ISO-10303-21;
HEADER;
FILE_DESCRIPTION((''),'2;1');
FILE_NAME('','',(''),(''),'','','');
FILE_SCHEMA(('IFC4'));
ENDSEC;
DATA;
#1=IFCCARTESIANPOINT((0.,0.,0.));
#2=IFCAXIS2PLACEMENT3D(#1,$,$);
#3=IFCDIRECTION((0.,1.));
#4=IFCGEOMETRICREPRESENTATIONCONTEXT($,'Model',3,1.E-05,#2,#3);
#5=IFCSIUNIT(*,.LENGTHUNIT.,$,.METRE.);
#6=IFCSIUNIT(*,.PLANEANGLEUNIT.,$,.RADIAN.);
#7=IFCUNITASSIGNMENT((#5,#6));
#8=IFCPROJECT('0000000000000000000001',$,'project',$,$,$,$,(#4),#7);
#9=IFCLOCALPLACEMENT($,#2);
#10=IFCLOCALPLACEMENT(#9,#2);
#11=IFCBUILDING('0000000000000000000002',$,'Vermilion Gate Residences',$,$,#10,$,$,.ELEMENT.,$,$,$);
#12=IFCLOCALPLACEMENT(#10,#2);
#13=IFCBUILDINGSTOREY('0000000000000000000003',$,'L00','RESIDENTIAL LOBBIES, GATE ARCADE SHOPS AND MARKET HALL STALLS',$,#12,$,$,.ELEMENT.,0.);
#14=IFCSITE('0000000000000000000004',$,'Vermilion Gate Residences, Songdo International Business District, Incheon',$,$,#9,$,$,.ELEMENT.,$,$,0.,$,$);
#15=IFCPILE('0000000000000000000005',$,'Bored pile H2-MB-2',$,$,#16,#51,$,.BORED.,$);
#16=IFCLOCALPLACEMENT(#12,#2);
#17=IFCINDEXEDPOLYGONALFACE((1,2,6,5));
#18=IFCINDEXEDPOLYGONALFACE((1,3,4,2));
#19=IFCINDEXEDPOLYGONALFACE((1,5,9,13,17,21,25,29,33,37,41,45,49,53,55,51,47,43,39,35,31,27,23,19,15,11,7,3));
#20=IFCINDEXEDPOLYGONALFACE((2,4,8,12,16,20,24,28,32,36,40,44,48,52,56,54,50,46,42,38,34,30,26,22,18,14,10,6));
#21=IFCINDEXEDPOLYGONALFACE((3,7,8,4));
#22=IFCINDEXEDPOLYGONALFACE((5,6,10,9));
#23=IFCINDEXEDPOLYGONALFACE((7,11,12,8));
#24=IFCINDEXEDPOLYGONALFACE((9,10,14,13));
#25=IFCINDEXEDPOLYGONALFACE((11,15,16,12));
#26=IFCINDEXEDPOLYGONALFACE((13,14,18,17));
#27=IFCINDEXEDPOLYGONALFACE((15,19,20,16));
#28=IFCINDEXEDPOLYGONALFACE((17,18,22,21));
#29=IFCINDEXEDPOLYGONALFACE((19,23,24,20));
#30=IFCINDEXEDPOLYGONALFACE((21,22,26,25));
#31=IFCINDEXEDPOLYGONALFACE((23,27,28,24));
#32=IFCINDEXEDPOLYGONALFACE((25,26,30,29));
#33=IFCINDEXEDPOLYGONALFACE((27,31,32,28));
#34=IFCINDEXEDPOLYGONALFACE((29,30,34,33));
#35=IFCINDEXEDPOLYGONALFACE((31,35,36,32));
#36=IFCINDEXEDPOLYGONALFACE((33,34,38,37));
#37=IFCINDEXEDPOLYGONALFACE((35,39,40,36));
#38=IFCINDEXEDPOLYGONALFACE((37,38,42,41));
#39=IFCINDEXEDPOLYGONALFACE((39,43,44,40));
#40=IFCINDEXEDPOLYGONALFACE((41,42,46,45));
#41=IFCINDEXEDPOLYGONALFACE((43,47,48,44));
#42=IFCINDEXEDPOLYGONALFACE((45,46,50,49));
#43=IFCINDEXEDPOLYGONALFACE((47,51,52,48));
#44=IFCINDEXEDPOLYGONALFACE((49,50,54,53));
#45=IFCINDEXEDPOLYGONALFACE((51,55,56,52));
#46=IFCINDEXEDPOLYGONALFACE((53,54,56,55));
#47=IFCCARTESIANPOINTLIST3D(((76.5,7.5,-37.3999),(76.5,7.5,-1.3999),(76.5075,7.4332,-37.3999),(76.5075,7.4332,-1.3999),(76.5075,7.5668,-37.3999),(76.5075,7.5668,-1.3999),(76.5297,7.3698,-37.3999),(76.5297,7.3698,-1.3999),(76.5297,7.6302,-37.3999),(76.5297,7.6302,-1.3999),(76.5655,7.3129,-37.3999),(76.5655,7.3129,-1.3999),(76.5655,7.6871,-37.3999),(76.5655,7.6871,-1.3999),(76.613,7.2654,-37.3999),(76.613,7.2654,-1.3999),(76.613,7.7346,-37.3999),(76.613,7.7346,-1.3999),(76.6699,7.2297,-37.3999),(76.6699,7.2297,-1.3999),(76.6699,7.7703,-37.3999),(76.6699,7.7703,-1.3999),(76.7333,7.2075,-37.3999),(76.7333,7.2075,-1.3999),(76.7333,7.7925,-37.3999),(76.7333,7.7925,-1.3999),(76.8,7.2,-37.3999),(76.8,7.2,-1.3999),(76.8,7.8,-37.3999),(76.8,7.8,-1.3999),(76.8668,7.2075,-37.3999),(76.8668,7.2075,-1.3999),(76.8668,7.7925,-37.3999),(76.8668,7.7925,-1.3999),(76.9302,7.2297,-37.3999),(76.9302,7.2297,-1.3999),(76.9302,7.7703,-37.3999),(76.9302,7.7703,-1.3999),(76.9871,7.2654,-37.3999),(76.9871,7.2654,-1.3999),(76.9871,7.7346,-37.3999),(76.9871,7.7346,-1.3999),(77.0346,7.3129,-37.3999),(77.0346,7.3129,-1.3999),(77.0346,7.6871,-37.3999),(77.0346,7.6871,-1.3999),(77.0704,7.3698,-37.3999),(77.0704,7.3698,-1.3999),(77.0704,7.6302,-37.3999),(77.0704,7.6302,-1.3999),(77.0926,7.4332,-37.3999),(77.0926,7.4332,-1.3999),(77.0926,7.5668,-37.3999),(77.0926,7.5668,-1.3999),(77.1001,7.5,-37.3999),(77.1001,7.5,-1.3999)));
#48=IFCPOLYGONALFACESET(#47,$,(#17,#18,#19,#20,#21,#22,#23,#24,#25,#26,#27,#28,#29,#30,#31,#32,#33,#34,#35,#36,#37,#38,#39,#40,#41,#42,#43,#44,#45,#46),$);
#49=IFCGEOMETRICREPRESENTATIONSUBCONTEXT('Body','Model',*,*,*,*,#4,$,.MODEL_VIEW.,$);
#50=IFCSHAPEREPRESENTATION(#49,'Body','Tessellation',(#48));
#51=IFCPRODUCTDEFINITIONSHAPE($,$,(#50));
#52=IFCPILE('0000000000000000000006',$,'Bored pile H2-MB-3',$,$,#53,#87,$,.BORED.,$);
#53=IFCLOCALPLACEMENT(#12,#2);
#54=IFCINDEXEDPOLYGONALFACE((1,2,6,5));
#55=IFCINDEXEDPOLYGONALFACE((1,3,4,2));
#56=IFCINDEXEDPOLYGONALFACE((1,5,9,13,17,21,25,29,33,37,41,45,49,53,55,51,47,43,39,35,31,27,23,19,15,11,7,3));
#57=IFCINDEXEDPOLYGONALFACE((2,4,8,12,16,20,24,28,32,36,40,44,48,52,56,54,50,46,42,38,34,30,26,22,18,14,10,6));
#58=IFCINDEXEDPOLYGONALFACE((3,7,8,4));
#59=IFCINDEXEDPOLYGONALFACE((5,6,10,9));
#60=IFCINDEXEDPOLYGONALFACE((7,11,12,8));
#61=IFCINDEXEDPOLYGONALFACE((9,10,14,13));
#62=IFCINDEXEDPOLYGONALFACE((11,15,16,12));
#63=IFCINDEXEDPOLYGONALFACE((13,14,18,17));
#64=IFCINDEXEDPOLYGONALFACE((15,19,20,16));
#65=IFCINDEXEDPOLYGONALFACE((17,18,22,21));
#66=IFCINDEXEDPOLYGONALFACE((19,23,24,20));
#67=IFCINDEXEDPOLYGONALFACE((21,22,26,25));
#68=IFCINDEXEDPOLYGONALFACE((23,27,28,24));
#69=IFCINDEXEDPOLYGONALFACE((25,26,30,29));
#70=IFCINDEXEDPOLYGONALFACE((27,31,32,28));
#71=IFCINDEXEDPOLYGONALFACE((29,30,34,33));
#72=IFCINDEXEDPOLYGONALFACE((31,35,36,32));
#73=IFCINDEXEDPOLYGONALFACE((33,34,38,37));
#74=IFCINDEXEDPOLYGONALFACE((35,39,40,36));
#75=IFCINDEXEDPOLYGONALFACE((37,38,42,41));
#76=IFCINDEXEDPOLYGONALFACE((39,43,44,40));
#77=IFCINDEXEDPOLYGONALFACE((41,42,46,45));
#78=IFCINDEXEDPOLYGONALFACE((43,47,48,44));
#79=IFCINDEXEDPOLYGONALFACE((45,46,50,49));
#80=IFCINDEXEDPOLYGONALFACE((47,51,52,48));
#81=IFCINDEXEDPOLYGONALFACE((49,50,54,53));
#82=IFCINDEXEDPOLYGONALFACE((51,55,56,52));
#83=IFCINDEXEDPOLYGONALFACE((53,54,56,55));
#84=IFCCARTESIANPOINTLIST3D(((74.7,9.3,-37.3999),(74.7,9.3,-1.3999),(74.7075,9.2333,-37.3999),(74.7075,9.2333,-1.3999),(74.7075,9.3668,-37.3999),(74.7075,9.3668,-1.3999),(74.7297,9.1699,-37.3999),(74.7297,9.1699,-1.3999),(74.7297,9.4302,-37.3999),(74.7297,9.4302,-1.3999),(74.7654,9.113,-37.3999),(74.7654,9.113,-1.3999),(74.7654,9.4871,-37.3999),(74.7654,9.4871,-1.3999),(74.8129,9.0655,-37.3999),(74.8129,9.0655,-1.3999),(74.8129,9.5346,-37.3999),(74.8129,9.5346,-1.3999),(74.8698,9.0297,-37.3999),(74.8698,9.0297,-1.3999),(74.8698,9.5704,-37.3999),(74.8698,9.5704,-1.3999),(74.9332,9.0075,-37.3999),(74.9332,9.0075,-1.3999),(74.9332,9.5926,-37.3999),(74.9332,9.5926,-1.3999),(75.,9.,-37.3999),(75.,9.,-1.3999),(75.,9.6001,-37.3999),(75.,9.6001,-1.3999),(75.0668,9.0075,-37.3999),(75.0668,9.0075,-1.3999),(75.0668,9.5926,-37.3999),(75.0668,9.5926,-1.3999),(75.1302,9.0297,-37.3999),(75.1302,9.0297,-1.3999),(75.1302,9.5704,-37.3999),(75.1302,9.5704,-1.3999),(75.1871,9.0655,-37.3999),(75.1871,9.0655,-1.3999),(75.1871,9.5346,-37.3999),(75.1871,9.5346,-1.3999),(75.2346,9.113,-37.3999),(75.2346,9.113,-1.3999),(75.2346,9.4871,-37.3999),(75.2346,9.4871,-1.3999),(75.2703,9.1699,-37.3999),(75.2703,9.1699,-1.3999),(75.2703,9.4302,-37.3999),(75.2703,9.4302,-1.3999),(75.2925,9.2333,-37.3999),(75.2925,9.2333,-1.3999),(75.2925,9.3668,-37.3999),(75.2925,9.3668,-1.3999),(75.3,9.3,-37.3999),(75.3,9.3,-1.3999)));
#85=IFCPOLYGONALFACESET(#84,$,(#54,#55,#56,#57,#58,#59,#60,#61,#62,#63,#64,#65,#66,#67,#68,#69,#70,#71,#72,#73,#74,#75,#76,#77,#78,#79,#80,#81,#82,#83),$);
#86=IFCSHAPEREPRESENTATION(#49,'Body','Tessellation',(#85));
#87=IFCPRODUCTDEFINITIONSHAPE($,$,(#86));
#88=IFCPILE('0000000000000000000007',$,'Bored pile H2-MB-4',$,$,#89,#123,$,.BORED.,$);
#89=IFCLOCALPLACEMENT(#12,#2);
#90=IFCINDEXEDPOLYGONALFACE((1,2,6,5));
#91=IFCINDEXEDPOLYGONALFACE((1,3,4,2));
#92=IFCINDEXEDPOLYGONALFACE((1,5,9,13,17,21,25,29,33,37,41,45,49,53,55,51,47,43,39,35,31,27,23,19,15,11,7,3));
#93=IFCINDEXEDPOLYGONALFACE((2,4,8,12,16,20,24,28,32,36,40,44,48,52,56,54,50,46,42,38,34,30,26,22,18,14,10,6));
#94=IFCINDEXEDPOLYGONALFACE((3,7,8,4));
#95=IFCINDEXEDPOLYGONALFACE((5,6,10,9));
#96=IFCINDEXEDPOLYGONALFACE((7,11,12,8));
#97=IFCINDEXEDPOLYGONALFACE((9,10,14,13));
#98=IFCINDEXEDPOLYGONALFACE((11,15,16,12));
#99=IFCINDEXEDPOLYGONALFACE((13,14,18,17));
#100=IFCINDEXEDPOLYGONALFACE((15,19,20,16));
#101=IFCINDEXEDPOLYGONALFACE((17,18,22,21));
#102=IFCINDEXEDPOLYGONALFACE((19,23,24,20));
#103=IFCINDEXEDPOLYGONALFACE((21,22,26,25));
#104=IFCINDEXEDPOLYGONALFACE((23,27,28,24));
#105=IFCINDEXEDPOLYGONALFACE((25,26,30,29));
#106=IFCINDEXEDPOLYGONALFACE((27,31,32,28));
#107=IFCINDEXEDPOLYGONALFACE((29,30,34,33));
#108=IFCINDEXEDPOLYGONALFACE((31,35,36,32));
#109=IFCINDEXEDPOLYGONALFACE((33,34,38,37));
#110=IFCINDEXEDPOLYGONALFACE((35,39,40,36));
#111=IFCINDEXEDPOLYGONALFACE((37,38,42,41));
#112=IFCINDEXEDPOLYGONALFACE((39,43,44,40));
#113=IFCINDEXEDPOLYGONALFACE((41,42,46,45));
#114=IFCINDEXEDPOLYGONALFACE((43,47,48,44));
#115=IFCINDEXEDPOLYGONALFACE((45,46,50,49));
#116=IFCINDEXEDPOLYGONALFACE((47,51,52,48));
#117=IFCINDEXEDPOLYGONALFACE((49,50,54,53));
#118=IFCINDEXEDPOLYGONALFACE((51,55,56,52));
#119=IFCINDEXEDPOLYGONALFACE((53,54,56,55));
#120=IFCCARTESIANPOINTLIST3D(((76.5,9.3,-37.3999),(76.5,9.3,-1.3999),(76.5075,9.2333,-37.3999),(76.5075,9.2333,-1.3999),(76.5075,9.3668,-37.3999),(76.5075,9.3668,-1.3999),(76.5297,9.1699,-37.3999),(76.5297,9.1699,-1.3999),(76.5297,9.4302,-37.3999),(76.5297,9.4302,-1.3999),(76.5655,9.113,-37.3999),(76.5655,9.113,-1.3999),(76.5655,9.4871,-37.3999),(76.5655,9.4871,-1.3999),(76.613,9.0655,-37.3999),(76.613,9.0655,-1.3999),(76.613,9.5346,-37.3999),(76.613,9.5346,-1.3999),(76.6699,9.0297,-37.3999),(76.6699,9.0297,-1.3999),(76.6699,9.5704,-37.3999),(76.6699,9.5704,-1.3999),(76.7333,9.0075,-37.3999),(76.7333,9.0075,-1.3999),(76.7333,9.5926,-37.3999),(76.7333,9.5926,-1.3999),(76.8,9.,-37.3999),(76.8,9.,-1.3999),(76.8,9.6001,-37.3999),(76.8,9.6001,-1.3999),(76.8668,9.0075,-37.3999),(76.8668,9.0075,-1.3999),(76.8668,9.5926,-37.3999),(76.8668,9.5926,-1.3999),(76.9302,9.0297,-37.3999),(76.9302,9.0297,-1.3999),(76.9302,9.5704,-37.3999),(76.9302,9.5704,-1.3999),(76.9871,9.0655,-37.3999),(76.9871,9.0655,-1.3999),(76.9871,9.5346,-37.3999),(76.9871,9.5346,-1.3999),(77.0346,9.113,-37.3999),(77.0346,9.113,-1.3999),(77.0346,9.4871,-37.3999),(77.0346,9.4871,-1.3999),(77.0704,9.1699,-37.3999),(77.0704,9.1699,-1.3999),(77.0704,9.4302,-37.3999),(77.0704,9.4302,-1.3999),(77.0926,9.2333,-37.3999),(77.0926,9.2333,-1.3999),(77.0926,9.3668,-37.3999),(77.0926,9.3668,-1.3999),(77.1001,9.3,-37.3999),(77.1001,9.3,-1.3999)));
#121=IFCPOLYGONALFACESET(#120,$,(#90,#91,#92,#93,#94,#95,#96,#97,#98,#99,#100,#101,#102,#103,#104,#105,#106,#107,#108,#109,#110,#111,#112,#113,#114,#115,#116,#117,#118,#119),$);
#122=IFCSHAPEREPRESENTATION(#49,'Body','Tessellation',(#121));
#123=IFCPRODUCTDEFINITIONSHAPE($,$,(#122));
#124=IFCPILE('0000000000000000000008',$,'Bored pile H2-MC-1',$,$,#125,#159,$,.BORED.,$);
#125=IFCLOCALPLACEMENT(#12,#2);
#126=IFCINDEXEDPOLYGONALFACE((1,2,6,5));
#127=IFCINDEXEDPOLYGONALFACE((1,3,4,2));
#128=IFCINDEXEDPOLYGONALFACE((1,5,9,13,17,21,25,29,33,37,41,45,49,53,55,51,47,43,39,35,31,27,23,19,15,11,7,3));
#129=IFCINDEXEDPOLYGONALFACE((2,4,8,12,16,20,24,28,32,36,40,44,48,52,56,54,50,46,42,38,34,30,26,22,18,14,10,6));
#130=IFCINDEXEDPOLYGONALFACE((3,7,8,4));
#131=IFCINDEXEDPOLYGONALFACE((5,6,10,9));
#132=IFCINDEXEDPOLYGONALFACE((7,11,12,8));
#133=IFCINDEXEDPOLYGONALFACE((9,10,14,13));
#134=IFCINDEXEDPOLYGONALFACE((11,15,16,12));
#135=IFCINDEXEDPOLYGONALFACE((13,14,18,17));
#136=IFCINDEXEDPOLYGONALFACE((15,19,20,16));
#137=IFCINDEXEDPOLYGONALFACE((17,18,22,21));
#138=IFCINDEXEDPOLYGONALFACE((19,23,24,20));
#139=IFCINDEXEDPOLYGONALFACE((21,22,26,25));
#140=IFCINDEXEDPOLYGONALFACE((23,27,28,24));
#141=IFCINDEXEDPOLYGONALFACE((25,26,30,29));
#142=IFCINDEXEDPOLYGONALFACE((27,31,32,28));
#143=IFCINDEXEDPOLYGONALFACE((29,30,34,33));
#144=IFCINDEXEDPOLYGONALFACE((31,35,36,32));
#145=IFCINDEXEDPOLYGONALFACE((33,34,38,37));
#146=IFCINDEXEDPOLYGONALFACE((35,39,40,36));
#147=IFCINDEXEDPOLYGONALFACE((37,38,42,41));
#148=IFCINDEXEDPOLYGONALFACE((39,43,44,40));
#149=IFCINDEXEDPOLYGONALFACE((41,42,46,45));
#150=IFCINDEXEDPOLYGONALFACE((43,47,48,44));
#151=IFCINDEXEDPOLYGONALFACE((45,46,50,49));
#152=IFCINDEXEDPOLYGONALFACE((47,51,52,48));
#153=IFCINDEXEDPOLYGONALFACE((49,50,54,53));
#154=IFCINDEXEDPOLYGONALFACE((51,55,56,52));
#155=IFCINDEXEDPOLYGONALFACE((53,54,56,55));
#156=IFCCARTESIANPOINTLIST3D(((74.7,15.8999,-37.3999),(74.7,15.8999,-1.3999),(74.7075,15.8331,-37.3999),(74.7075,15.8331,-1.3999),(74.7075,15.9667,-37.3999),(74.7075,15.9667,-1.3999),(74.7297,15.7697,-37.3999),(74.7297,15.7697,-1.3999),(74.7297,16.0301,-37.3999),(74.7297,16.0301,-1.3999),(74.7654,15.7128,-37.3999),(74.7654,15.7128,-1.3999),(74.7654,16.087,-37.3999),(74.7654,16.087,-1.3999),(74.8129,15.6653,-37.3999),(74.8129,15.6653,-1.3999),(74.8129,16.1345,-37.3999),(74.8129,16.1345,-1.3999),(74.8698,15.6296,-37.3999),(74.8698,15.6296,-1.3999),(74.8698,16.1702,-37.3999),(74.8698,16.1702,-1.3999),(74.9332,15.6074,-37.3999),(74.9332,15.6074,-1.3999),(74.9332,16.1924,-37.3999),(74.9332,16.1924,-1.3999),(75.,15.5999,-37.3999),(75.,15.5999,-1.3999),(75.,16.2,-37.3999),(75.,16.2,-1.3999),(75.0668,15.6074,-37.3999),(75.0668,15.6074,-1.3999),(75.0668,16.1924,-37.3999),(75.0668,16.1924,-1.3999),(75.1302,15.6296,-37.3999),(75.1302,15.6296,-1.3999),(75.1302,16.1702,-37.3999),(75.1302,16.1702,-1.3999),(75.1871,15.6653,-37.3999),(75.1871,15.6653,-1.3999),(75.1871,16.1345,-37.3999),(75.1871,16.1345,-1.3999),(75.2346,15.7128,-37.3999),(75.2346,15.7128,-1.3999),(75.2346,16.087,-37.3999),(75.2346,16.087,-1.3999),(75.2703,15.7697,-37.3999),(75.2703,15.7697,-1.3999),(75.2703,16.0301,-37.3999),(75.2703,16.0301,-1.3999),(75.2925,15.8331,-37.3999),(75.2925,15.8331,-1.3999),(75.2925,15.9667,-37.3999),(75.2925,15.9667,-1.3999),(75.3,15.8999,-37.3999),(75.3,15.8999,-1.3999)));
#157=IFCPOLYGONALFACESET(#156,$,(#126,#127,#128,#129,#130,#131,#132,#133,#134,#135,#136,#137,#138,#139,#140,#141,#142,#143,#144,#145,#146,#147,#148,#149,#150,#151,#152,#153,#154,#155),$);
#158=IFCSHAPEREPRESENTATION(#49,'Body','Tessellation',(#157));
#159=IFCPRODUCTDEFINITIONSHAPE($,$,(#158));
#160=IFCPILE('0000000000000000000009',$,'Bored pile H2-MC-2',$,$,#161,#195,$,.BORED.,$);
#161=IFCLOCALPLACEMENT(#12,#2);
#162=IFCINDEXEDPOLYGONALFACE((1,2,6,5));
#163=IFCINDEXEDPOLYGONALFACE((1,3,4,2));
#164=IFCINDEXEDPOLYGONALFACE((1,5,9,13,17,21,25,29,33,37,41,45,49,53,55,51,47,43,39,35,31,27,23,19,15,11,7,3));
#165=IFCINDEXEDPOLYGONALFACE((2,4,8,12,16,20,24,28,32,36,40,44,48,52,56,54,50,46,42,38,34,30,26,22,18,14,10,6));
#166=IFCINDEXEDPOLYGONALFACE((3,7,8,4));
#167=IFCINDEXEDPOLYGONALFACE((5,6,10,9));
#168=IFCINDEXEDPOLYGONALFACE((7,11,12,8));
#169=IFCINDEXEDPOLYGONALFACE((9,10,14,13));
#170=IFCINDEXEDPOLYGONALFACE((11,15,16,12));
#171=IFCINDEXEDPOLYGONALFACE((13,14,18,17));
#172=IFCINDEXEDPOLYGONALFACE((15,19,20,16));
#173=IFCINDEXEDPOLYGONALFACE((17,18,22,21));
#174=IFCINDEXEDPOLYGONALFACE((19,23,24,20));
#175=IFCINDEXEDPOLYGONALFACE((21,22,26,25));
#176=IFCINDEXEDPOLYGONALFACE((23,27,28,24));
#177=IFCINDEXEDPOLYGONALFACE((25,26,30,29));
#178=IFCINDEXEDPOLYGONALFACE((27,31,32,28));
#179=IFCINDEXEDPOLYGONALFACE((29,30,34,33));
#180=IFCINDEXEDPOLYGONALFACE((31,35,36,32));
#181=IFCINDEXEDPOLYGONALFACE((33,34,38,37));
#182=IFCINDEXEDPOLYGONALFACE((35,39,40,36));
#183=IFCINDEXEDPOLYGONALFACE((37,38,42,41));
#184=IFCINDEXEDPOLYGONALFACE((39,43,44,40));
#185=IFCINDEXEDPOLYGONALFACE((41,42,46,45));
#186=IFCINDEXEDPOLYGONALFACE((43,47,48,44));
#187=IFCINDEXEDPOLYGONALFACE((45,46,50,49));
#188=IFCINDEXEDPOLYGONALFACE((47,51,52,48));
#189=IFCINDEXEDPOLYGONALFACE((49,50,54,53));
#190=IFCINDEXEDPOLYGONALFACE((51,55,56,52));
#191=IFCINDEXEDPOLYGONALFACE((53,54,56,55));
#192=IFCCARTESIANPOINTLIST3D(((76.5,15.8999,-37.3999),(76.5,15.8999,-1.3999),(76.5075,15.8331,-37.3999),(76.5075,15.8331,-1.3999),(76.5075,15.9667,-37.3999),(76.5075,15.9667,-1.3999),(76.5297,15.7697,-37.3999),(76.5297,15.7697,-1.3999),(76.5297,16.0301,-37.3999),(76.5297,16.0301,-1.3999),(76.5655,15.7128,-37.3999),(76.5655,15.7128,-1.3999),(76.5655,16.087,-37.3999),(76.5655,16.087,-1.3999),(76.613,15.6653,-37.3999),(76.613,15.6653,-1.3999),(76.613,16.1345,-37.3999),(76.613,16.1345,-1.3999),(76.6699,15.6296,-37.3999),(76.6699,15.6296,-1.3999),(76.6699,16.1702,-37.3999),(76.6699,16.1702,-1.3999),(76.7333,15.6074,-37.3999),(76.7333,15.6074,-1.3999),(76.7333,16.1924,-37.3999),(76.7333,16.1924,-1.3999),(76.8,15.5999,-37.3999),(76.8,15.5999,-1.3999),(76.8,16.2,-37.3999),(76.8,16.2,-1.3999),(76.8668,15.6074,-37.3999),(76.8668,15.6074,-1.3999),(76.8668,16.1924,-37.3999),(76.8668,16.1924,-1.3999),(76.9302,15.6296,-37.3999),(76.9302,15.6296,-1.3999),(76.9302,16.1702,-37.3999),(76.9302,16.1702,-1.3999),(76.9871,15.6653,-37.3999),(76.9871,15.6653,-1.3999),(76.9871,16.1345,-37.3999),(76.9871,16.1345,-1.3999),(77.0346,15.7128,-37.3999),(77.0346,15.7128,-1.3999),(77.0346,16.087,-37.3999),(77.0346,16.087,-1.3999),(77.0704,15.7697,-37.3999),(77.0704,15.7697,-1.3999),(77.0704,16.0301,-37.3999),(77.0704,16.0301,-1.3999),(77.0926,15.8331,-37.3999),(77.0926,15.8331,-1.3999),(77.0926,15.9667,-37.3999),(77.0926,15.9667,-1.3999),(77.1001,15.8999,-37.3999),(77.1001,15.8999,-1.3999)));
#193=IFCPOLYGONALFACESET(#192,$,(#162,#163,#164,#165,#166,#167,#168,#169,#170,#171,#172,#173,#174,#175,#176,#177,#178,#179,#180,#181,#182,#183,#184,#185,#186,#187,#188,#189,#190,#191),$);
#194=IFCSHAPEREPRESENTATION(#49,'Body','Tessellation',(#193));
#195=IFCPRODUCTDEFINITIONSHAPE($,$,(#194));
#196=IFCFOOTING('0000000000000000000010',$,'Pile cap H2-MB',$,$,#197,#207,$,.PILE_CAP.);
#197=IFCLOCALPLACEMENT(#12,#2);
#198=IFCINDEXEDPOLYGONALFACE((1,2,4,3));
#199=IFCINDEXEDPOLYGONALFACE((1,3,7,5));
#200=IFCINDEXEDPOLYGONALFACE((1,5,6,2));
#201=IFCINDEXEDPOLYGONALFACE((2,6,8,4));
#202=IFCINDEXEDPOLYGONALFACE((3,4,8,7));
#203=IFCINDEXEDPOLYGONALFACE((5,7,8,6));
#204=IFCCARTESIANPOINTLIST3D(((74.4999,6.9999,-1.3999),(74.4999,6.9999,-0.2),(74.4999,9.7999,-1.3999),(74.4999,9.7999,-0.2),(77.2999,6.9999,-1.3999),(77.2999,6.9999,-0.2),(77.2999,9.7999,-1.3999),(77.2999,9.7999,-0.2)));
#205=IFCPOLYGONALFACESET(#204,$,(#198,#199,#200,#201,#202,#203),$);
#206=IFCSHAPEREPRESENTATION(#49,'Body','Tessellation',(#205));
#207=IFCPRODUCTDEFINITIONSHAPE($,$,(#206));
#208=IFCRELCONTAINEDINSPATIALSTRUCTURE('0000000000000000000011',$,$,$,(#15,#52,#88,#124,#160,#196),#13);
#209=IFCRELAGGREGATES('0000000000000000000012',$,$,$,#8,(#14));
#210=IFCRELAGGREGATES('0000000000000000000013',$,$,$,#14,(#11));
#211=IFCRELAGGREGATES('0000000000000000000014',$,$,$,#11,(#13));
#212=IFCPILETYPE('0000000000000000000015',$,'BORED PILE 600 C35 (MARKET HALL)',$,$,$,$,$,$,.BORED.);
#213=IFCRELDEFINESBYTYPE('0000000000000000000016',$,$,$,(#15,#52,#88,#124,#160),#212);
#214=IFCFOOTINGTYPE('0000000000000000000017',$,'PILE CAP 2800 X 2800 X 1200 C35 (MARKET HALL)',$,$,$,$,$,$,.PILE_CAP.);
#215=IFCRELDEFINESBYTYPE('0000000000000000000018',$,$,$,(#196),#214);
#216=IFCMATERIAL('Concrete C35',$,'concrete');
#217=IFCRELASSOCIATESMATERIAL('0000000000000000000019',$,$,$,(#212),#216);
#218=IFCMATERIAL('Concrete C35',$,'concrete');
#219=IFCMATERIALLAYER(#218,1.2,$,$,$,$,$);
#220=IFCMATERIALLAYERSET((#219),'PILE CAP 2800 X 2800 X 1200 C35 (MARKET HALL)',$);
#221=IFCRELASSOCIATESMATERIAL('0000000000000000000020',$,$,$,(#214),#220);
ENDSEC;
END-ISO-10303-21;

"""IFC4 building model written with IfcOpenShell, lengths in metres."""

from ifc_helpers import new_model, si_unit, direction, frame, origin, origin_2d, place, context, subcontext, project, spatial, rectangle, circle, extrude, material, layer, layer_set, material_profile, profile_set, type_object, element, save


model = new_model("IFC4")

# Units and contexts
model_context = context("Model", 3, precision=1e-05, world=origin(), true_north=direction((0.0, 1.0)))
body_context = subcontext(model_context, "Body", "Model", "MODEL_VIEW")
ifc_project = project(units=[si_unit("LENGTHUNIT", "METRE"), si_unit("PLANEANGLEUNIT", "RADIAN")], contexts=[model_context])

# Site, building, storey
site_placement = place(None, origin())
site = spatial("IfcSite", under=ifc_project, at=site_placement, Name="Vermilion Gate Residences, Songdo International Business District, Incheon", CompositionType="ELEMENT", RefElevation=0.0)
building_placement = place(site_placement, origin())
building = spatial("IfcBuilding", under=site, at=building_placement, Name="Vermilion Gate Residences", CompositionType="ELEMENT")
storey_placement = place(building_placement, origin())
storey = spatial("IfcBuildingStorey", under=building, at=storey_placement, Name="L00", Description="RESIDENTIAL LOBBIES, GATE ARCADE SHOPS AND MARKET HALL STALLS", CompositionType="ELEMENT", Elevation=0.0)

# Piles
ifc_material_1 = material(Name="Concrete C35", Category="concrete")
ifc_material_profile_1 = material_profile(ifc_material_1, circle(Radius=0.3, at=origin_2d()), Name="BORED PILE 600 C35 (MARKET HALL)")
ifc_profile_set_1 = profile_set([ifc_material_profile_1], Name="Concrete C35")
pile_type = type_object("IfcPileType", Name="BORED PILE 600 C35 (MARKET HALL)", PredefinedType="BORED", material=ifc_profile_set_1)
for number, where, z_axis, x_axis, name in (
    (1, (76.8, 7.5, -1.3999), (0.0, 0.0, -1.0), (1.0, 0.0, 0.0), "Bored pile H2-MB-2"),
    (2, (75.0, 9.3, -1.3999), (0.0, 0.0, -1.0), (1.0, 0.0, 0.0), "Bored pile H2-MB-3"),
    (3, (76.8, 9.3, -1.3999), (0.0, 0.0, -1.0), (1.0, 0.0, 0.0), "Bored pile H2-MB-4"),
    (4, (75.0, 15.8999, -1.3999), (0.0, 0.0, -1.0), (1.0, 0.0, 0.0), "Bored pile H2-MC-1"),
    (5, (76.8, 15.8999, -1.3999), (0.0, 0.0, -1.0), (1.0, 0.0, 0.0), "Bored pile H2-MC-2"),
):
    element("IfcPile", number, at=place(storey_placement, frame(where, z_axis=z_axis, x_axis=x_axis)), inside=storey, type_object=pile_type, Name=name, PredefinedType="BORED", context=body_context, shape_type="SweptSolid", body=[
        extrude(circle(Radius=0.3, at=origin_2d()), origin(), (0.0, 0.0, 1.0), 36.0),
    ])

# Footing
ifc_material_2 = material(Name="Concrete C35", Category="concrete")
ifc_layer_1 = layer(ifc_material_2, 1.2)
ifc_layer_set_1 = layer_set([ifc_layer_1], Name="PILE CAP 2800 X 2800 X 1200 C35 (MARKET HALL)")
footing_type = type_object("IfcFootingType", Name="PILE CAP 2800 X 2800 X 1200 C35 (MARKET HALL)", PredefinedType="PILE_CAP", material=ifc_layer_set_1)
for number, where, z_axis, x_axis, name in (
    (6, (75.8999, 8.3999, -1.3999), (0.0, 0.0, 1.0), (1.0, 0.0, 0.0), "Pile cap H2-MB"),
):
    element("IfcFooting", number, at=place(storey_placement, frame(where, z_axis=z_axis, x_axis=x_axis)), inside=storey, type_object=footing_type, Name=name, PredefinedType="PILE_CAP", context=body_context, shape_type="SweptSolid", body=[
        extrude(rectangle(XDim=2.8, YDim=2.8, at=origin_2d()), origin(), (0.0, 0.0, 1.0), 1.2),
    ])

save(model, "model.ifc")
